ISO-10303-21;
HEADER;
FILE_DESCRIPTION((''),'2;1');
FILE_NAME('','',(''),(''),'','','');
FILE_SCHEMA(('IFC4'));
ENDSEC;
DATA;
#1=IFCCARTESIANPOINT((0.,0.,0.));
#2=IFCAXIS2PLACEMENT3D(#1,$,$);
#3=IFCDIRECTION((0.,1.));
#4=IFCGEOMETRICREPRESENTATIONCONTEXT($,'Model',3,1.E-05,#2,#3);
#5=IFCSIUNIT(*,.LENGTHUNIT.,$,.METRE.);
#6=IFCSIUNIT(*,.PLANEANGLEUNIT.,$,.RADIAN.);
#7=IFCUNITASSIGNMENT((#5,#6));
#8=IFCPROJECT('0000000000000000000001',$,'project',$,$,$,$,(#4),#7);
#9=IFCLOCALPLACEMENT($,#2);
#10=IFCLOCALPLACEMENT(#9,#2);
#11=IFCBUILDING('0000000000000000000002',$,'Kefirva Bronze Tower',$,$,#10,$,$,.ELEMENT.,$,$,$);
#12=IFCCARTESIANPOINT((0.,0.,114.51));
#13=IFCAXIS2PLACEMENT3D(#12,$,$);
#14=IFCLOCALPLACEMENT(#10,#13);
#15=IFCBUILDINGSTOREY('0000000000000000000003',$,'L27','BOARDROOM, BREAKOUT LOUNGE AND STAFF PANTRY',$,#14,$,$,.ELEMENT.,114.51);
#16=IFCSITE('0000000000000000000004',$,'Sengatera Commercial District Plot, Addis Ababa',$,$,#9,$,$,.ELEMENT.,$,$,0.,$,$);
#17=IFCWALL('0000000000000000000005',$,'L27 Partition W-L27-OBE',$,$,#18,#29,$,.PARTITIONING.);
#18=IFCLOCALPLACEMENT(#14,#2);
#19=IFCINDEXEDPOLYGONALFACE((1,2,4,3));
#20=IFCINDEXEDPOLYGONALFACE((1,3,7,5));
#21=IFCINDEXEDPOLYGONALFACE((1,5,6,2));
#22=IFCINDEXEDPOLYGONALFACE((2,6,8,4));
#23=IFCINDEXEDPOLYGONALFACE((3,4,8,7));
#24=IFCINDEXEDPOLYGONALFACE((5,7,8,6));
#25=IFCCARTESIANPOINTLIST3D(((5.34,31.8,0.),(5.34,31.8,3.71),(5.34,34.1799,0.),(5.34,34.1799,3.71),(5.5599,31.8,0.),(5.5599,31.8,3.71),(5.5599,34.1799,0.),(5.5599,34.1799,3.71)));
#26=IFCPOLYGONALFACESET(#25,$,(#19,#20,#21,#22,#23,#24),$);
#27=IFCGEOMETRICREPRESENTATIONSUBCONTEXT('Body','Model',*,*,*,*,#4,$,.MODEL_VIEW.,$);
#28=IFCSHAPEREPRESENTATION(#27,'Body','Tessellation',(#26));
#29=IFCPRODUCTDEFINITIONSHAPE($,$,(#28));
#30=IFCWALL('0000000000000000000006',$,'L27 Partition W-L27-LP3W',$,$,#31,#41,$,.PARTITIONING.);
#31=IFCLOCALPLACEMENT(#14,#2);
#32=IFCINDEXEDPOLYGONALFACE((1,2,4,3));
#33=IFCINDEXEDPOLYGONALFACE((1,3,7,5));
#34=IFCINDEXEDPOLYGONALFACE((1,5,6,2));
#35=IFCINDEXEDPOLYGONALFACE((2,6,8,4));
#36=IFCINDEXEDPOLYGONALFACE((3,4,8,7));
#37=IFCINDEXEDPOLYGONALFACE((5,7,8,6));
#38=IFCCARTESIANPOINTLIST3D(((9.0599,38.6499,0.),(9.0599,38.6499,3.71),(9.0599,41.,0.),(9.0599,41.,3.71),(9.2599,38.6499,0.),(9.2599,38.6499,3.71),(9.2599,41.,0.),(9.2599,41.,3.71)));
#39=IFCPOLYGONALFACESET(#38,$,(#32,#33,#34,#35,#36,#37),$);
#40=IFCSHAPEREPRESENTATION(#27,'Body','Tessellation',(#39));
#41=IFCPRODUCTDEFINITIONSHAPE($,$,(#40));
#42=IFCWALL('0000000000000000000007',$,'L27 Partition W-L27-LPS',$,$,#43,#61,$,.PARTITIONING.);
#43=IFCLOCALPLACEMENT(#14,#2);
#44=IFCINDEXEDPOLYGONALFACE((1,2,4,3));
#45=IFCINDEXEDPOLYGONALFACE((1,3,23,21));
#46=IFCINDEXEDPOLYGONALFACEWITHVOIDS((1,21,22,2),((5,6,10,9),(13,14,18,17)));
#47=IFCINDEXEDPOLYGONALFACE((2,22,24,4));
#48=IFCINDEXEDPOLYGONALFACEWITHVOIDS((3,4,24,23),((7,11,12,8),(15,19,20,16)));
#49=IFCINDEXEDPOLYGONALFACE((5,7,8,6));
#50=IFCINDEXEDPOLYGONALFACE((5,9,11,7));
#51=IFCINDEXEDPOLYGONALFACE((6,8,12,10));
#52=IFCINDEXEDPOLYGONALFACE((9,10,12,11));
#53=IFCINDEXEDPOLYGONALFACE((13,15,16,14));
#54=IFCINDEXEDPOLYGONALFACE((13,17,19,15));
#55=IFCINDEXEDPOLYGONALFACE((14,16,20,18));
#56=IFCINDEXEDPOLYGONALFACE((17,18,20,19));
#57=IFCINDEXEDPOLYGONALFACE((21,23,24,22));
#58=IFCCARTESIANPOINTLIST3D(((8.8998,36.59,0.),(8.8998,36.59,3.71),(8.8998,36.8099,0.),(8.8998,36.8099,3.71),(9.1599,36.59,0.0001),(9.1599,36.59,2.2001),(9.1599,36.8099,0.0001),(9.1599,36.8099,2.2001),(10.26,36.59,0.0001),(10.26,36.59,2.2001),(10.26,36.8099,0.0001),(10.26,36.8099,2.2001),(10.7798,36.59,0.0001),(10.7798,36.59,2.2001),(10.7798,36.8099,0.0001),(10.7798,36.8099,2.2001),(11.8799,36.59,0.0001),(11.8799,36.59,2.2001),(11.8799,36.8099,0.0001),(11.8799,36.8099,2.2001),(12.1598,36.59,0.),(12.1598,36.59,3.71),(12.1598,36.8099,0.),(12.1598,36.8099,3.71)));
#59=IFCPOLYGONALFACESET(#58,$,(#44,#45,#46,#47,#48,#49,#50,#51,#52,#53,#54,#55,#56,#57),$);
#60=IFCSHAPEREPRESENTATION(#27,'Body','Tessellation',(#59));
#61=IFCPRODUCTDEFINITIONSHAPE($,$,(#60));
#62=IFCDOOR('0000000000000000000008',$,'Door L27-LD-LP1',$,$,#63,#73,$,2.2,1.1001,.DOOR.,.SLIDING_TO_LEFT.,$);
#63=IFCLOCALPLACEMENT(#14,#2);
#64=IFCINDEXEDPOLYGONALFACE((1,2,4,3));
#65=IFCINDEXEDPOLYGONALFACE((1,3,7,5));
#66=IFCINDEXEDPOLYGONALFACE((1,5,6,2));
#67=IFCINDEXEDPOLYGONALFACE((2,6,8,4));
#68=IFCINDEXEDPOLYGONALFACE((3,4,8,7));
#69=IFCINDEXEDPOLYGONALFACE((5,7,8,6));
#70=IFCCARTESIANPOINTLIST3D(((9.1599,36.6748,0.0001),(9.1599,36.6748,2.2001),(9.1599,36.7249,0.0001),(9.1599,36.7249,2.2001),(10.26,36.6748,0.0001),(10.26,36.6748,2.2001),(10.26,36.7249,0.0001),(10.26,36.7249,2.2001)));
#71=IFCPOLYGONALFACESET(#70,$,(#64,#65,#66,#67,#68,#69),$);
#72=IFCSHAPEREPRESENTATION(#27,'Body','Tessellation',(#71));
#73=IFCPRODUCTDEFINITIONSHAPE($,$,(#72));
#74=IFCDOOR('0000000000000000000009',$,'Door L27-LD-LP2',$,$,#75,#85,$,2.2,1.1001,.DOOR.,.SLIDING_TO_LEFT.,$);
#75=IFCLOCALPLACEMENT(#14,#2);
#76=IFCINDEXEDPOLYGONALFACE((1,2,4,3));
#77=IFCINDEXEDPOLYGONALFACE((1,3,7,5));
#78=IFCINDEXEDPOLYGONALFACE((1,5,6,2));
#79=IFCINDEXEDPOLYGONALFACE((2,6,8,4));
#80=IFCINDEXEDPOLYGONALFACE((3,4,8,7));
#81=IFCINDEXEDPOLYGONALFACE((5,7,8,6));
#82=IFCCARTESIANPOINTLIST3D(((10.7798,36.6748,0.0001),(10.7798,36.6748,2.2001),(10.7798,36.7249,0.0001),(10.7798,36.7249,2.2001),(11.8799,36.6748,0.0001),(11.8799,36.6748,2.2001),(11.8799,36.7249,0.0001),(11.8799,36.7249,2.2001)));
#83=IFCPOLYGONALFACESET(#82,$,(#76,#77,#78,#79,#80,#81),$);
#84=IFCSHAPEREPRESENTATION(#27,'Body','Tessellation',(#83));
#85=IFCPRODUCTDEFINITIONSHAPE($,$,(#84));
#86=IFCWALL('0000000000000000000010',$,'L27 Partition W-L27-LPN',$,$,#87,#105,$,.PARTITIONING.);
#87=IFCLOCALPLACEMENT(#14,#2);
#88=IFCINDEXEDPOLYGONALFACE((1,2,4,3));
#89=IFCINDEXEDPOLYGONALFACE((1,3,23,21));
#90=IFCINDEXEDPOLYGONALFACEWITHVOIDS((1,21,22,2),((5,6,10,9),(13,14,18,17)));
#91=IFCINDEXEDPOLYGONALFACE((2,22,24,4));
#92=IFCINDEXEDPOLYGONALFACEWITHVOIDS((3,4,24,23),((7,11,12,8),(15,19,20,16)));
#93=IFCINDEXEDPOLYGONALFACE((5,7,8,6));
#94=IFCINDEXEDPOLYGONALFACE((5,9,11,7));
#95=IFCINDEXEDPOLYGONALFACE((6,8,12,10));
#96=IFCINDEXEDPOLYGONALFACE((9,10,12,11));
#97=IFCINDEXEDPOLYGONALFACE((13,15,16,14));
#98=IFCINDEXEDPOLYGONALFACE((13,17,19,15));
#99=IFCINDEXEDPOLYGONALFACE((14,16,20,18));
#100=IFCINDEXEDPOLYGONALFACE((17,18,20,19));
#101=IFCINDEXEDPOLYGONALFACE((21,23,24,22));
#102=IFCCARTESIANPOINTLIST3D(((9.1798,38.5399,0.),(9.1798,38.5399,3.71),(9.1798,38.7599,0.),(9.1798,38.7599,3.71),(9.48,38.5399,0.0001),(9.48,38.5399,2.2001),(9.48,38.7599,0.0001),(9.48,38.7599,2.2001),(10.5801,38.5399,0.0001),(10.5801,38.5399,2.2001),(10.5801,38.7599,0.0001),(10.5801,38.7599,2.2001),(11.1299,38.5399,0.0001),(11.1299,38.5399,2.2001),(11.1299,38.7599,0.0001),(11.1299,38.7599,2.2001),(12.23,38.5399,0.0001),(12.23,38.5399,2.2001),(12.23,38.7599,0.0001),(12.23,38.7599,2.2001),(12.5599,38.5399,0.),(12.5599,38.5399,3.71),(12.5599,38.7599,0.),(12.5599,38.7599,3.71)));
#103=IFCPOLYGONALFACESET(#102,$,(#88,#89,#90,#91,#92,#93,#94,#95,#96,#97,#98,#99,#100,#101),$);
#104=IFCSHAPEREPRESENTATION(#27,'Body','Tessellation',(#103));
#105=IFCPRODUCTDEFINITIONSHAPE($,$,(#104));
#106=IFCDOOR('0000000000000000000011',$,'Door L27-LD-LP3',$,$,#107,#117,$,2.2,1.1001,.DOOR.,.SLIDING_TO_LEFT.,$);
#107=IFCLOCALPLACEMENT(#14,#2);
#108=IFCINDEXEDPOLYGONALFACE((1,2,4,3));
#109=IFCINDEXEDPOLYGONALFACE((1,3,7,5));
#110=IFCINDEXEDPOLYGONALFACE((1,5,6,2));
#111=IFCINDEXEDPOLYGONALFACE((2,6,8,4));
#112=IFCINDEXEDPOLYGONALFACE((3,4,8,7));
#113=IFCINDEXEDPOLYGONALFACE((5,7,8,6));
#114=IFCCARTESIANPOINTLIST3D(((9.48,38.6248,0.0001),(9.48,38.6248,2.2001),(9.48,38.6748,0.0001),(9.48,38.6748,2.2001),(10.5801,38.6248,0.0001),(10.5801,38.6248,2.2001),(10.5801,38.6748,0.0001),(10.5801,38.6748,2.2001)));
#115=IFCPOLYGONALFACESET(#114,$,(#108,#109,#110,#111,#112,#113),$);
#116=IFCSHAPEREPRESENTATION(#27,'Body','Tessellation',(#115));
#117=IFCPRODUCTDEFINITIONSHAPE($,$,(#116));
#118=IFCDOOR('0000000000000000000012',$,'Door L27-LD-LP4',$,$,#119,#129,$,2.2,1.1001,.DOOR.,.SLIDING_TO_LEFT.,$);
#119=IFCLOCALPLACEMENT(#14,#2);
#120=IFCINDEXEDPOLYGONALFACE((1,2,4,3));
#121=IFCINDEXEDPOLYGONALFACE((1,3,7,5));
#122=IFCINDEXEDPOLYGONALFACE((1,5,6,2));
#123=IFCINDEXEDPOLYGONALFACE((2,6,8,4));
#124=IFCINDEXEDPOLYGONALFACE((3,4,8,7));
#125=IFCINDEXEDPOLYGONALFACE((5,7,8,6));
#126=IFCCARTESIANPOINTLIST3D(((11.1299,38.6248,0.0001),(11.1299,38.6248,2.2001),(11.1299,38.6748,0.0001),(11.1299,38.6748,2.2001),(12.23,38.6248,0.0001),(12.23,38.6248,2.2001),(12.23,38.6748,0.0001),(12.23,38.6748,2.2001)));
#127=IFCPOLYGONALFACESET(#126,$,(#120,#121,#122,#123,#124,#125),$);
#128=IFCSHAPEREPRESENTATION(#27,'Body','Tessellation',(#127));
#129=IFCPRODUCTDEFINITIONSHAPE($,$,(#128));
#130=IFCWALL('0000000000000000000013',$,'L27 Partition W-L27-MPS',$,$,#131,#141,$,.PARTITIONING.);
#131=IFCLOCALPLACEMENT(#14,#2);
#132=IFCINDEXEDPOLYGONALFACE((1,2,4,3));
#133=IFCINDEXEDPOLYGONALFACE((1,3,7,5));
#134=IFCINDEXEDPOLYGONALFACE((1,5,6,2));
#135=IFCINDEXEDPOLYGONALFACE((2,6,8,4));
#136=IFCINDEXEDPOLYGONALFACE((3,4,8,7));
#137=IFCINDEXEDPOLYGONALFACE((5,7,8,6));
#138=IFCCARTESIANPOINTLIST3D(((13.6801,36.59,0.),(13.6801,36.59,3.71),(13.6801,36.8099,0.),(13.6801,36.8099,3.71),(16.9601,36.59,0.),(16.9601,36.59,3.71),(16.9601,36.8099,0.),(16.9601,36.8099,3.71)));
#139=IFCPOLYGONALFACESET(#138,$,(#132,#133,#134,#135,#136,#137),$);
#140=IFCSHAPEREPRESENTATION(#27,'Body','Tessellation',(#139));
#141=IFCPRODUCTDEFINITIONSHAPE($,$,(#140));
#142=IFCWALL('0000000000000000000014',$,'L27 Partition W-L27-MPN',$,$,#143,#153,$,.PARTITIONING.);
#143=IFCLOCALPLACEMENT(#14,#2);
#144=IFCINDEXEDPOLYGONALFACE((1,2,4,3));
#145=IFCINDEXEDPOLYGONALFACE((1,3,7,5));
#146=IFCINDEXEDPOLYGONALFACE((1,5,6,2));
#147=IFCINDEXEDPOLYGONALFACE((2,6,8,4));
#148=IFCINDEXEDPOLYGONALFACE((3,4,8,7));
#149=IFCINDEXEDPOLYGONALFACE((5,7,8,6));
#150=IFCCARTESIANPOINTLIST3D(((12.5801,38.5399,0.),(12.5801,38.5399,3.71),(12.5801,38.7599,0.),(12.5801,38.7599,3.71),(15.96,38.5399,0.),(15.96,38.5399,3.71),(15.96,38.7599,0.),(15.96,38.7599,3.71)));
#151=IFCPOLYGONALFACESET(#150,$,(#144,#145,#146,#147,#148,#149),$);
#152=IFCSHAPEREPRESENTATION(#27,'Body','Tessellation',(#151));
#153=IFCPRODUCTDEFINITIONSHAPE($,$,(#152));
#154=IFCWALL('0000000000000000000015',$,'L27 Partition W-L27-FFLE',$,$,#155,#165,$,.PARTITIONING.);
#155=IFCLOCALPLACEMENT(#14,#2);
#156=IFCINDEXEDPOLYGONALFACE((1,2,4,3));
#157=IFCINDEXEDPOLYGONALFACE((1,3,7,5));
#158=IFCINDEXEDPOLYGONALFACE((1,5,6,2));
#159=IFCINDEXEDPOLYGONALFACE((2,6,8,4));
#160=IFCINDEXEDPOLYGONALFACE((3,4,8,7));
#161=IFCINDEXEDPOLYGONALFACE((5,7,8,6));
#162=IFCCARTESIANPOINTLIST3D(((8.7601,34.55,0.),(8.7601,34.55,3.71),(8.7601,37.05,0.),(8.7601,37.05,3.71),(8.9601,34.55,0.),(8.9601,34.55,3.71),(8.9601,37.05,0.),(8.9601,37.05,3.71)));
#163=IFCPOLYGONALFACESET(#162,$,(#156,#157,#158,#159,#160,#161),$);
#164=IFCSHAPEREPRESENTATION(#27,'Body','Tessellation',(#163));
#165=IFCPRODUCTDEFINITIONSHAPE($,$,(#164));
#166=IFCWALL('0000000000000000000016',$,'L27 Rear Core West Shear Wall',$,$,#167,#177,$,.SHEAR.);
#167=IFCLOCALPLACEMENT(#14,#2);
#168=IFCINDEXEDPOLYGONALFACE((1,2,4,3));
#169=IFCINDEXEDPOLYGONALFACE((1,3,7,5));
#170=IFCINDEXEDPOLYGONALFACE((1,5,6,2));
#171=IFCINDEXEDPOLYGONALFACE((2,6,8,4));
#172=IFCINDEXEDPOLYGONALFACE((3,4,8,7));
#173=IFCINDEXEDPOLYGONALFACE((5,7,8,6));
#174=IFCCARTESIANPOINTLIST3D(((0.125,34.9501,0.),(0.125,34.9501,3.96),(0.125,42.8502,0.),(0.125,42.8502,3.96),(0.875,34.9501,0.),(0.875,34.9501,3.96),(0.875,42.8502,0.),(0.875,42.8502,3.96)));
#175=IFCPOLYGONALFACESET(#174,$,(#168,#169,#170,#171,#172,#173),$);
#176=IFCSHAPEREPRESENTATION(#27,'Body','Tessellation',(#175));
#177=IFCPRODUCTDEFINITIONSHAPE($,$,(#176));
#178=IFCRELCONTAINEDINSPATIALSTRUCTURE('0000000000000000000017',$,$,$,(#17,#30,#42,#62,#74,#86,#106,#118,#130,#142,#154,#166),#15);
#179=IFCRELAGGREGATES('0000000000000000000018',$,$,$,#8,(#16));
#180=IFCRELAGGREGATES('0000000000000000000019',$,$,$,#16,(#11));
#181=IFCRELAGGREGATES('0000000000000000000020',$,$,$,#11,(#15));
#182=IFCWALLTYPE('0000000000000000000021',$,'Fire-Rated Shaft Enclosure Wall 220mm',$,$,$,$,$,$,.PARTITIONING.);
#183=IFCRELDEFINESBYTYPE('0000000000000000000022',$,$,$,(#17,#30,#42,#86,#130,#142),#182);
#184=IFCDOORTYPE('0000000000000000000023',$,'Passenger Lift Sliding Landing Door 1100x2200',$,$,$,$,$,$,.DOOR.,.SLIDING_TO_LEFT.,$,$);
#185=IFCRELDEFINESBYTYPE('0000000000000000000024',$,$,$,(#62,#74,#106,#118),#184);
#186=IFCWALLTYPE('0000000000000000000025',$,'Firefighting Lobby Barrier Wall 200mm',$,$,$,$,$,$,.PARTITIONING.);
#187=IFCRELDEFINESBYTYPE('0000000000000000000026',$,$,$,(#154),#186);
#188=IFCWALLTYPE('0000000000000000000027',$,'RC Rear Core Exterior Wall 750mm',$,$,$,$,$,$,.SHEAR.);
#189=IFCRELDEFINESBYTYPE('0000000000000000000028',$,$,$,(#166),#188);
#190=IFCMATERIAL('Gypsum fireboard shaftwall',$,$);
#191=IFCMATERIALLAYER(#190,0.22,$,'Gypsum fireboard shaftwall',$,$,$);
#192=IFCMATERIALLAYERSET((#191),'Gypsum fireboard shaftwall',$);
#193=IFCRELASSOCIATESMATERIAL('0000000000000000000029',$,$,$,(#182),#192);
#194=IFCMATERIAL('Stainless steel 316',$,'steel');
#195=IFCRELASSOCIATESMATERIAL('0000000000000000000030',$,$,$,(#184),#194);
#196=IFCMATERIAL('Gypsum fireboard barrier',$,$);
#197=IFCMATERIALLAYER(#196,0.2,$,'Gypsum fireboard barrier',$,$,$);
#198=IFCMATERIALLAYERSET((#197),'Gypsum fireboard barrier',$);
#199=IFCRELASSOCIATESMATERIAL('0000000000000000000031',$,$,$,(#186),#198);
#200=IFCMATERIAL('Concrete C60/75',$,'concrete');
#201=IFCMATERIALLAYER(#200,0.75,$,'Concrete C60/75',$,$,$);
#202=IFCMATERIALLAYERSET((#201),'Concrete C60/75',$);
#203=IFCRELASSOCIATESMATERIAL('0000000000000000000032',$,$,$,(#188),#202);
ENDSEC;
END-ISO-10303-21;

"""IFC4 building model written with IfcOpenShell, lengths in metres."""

from ifc_helpers import new_model, si_unit, direction, frame, frame_2d, origin, place, context, subcontext, project, spatial, rectangle, extrude, material, layer, layer_set, type_object, element, fill, save


model = new_model("IFC4")

# Units and contexts
model_context = context("Model", 3, precision=1e-05, world=origin(), true_north=direction((0.0, 1.0)))
body_context = subcontext(model_context, "Body", "Model", "MODEL_VIEW")
ifc_project = project(units=[si_unit("LENGTHUNIT", "METRE"), si_unit("PLANEANGLEUNIT", "RADIAN")], contexts=[model_context])

# Site, building, storey
site_placement = place(None, origin())
site = spatial("IfcSite", under=ifc_project, at=site_placement, Name="Sengatera Commercial District Plot, Addis Ababa", CompositionType="ELEMENT", RefElevation=0.0)
building_placement = place(site_placement, origin())
building = spatial("IfcBuilding", under=site, at=building_placement, Name="Kefirva Bronze Tower", CompositionType="ELEMENT")
storey_placement = place(building_placement, frame((0.0, 0.0, 114.51)))
storey = spatial("IfcBuildingStorey", under=building, at=storey_placement, Name="L27", Description="BOARDROOM, BREAKOUT LOUNGE AND STAFF PANTRY", CompositionType="ELEMENT", Elevation=114.51)

# Shared definitions
ifc_material_1 = material(Name="Concrete C60/75", Category="concrete")

# Shared definitions
ifc_material_2 = material(Name="Gypsum fireboard shaftwall")
ifc_layer_1 = layer(ifc_material_2, 0.22, Name="Gypsum fireboard shaftwall")
ifc_layer_set_1 = layer_set([ifc_layer_1], Name="Gypsum fireboard shaftwall")
wall_type_1 = type_object("IfcWallType", Name="Fire-Rated Shaft Enclosure Wall 220mm", PredefinedType="PARTITIONING", material=ifc_layer_set_1)

# Shared definitions
ifc_material_3 = material(Name="Stainless steel 316", Category="steel")

# Walls
for number, where, z_axis, x_axis, name in (
    (1, (5.45, 31.8, 0.0), (0.0, 0.0, 1.0), (0.0, 1.0, 0.0), "L27 Partition W-L27-OBE"),
):
    element("IfcWall", number, at=place(storey_placement, frame(where, z_axis=z_axis, x_axis=x_axis)), inside=storey, type_object=wall_type_1, Name=name, PredefinedType="PARTITIONING", context=body_context, shape_type="SweptSolid", body=[
        extrude(rectangle(XDim=2.3799, YDim=0.22, at=frame_2d((1.1899, 0.0))), origin(), (0.0, 0.0, 1.0), 3.71),
    ])
wall_1_placement = place(storey_placement, frame((9.1599, 38.6499, 0.0), z_axis=(0.0, 0.0, 1.0), x_axis=(0.0, 1.0, 0.0)))
element("IfcWall", 2, at=wall_1_placement, inside=storey, type_object=wall_type_1, Name="L27 Partition W-L27-LP3W", PredefinedType="PARTITIONING", context=body_context, shape_type="SweptSolid", body=[
    extrude(rectangle(XDim=2.3501, YDim=0.2, at=frame_2d((1.175, 0.0))), origin(), (0.0, 0.0, 1.0), 3.71),
])

# Walls, openings, doors
wall_2_placement = place(storey_placement, frame((8.8999, 36.7, 0.0), z_axis=(0.0, 0.0, 1.0), x_axis=(1.0, 0.0, 0.0)))
wall_2 = element("IfcWall", 3, at=wall_2_placement, inside=storey, type_object=wall_type_1, Name="L27 Partition W-L27-LPS", PredefinedType="PARTITIONING", context=body_context, shape_type="SweptSolid", body=[
    extrude(rectangle(XDim=3.26, YDim=0.22, at=frame_2d((1.6299, 0.0))), origin(), (0.0, 0.0, 1.0), 3.71),
])
opening_1_placement = place(wall_2_placement, frame((0.26, 0.0, 0.0)))
opening_1 = element("IfcOpeningElement", 4, at=opening_1_placement, cuts=wall_2, PredefinedType="OPENING", context=body_context, shape_type="SweptSolid", body=[
    extrude(rectangle(XDim=1.1001, YDim=2.2, at=frame_2d((0.55, 1.1001))), frame((0.0, 0.1201, 0.0), z_axis=(0.0, -1.0, 0.0), x_axis=(1.0, 0.0, 0.0)), (0.0, 0.0, 1.0), 0.24),
])
opening_2_placement = place(wall_2_placement, frame((1.8799, 0.0, 0.0)))
opening_2 = element("IfcOpeningElement", 5, at=opening_2_placement, cuts=wall_2, PredefinedType="OPENING", context=body_context, shape_type="SweptSolid", body=[
    extrude(rectangle(XDim=1.1001, YDim=2.2, at=frame_2d((0.55, 1.1001))), frame((0.0, 0.1201, 0.0), z_axis=(0.0, -1.0, 0.0), x_axis=(1.0, 0.0, 0.0)), (0.0, 0.0, 1.0), 0.24),
])
door_type_1 = type_object("IfcDoorType", Name="Passenger Lift Sliding Landing Door 1100x2200", OperationType="SLIDING_TO_LEFT", PredefinedType="DOOR", material=ifc_material_3)
door_1_placement = place(opening_1_placement, origin())
door_1 = element("IfcDoor", 6, at=door_1_placement, inside=storey, type_object=door_type_1, Name="Door L27-LD-LP1", OperationType="SLIDING_TO_LEFT", OverallHeight=2.2, OverallWidth=1.1001, PredefinedType="DOOR", context=body_context, shape_type="SweptSolid", body=[
    extrude(rectangle(XDim=1.1001, YDim=2.2, at=frame_2d((0.55, 1.1001))), frame((0.0, 0.0249, 0.0), z_axis=(0.0, -1.0, 0.0), x_axis=(1.0, 0.0, 0.0)), (0.0, 0.0, 1.0), 0.05),
])
fill(opening_1, door_1)
door_2_placement = place(opening_2_placement, origin())
door_2 = element("IfcDoor", 7, at=door_2_placement, inside=storey, type_object=door_type_1, Name="Door L27-LD-LP2", OperationType="SLIDING_TO_LEFT", OverallHeight=2.2, OverallWidth=1.1001, PredefinedType="DOOR", context=body_context, shape_type="SweptSolid", body=[
    extrude(rectangle(XDim=1.1001, YDim=2.2, at=frame_2d((0.55, 1.1001))), frame((0.0, 0.0249, 0.0), z_axis=(0.0, -1.0, 0.0), x_axis=(1.0, 0.0, 0.0)), (0.0, 0.0, 1.0), 0.05),
])
fill(opening_2, door_2)
wall_3_placement = place(storey_placement, frame((9.1799, 38.6499, 0.0), z_axis=(0.0, 0.0, 1.0), x_axis=(1.0, 0.0, 0.0)))
wall_3 = element("IfcWall", 8, at=wall_3_placement, inside=storey, type_object=wall_type_1, Name="L27 Partition W-L27-LPN", PredefinedType="PARTITIONING", context=body_context, shape_type="SweptSolid", body=[
    extrude(rectangle(XDim=3.3801, YDim=0.22, at=frame_2d((1.6899, 0.0))), origin(), (0.0, 0.0, 1.0), 3.71),
])
opening_3_placement = place(wall_3_placement, frame((0.3, 0.0, 0.0)))
opening_3 = element("IfcOpeningElement", 9, at=opening_3_placement, cuts=wall_3, PredefinedType="OPENING", context=body_context, shape_type="SweptSolid", body=[
    extrude(rectangle(XDim=1.1001, YDim=2.2, at=frame_2d((0.55, 1.1001))), frame((0.0, 0.1201, 0.0), z_axis=(0.0, -1.0, 0.0), x_axis=(1.0, 0.0, 0.0)), (0.0, 0.0, 1.0), 0.24),
])
opening_4_placement = place(wall_3_placement, frame((1.95, 0.0, 0.0)))
opening_4 = element("IfcOpeningElement", 10, at=opening_4_placement, cuts=wall_3, PredefinedType="OPENING", context=body_context, shape_type="SweptSolid", body=[
    extrude(rectangle(XDim=1.1001, YDim=2.2, at=frame_2d((0.55, 1.1001))), frame((0.0, 0.1201, 0.0), z_axis=(0.0, -1.0, 0.0), x_axis=(1.0, 0.0, 0.0)), (0.0, 0.0, 1.0), 0.24),
])
door_3_placement = place(opening_3_placement, origin())
door_3 = element("IfcDoor", 11, at=door_3_placement, inside=storey, type_object=door_type_1, Name="Door L27-LD-LP3", OperationType="SLIDING_TO_LEFT", OverallHeight=2.2, OverallWidth=1.1001, PredefinedType="DOOR", context=body_context, shape_type="SweptSolid", body=[
    extrude(rectangle(XDim=1.1001, YDim=2.2, at=frame_2d((0.55, 1.1001))), frame((0.0, 0.0249, 0.0), z_axis=(0.0, -1.0, 0.0), x_axis=(1.0, 0.0, 0.0)), (0.0, 0.0, 1.0), 0.05),
])
fill(opening_3, door_3)
door_4_placement = place(opening_4_placement, origin())
door_4 = element("IfcDoor", 12, at=door_4_placement, inside=storey, type_object=door_type_1, Name="Door L27-LD-LP4", OperationType="SLIDING_TO_LEFT", OverallHeight=2.2, OverallWidth=1.1001, PredefinedType="DOOR", context=body_context, shape_type="SweptSolid", body=[
    extrude(rectangle(XDim=1.1001, YDim=2.2, at=frame_2d((0.55, 1.1001))), frame((0.0, 0.0249, 0.0), z_axis=(0.0, -1.0, 0.0), x_axis=(1.0, 0.0, 0.0)), (0.0, 0.0, 1.0), 0.05),
])
fill(opening_4, door_4)

# Walls
wall_4_placement = place(storey_placement, frame((13.6799, 36.7, 0.0), z_axis=(0.0, 0.0, 1.0), x_axis=(1.0, 0.0, 0.0)))
element("IfcWall", 13, at=wall_4_placement, inside=storey, type_object=wall_type_1, Name="L27 Partition W-L27-MPS", PredefinedType="PARTITIONING", context=body_context, shape_type="SweptSolid", body=[
    extrude(rectangle(XDim=3.28, YDim=0.22, at=frame_2d((1.6401, 0.0))), origin(), (0.0, 0.0, 1.0), 3.71),
])
wall_5_placement = place(storey_placement, frame((12.5801, 38.6499, 0.0), z_axis=(0.0, 0.0, 1.0), x_axis=(1.0, 0.0, 0.0)))
element("IfcWall", 14, at=wall_5_placement, inside=storey, type_object=wall_type_1, Name="L27 Partition W-L27-MPN", PredefinedType="PARTITIONING", context=body_context, shape_type="SweptSolid", body=[
    extrude(rectangle(XDim=3.3799, YDim=0.22, at=frame_2d((1.6899, 0.0))), origin(), (0.0, 0.0, 1.0), 3.71),
])
ifc_material_4 = material(Name="Gypsum fireboard barrier")
ifc_layer_2 = layer(ifc_material_4, 0.2, Name="Gypsum fireboard barrier")
ifc_layer_set_2 = layer_set([ifc_layer_2], Name="Gypsum fireboard barrier")
wall_type_2 = type_object("IfcWallType", Name="Firefighting Lobby Barrier Wall 200mm", PredefinedType="PARTITIONING", material=ifc_layer_set_2)
wall_6_placement = place(storey_placement, frame((8.8601, 34.55, 0.0), z_axis=(0.0, 0.0, 1.0), x_axis=(0.0, 1.0, 0.0)))
element("IfcWall", 15, at=wall_6_placement, inside=storey, type_object=wall_type_2, Name="L27 Partition W-L27-FFLE", PredefinedType="PARTITIONING", context=body_context, shape_type="SweptSolid", body=[
    extrude(rectangle(XDim=2.5, YDim=0.2, at=frame_2d((1.25, 0.0))), origin(), (0.0, 0.0, 1.0), 3.71),
])
ifc_layer_3 = layer(ifc_material_1, 0.75, Name="Concrete C60/75")
ifc_layer_set_3 = layer_set([ifc_layer_3], Name="Concrete C60/75")
wall_type_3 = type_object("IfcWallType", Name="RC Rear Core Exterior Wall 750mm", PredefinedType="SHEAR", material=ifc_layer_set_3)
wall_7_placement = place(storey_placement, frame((0.5, 34.95, 0.0), z_axis=(0.0, 0.0, 1.0), x_axis=(0.0, 1.0, 0.0)))
element("IfcWall", 16, at=wall_7_placement, inside=storey, type_object=wall_type_3, Name="L27 Rear Core West Shear Wall", PredefinedType="SHEAR", context=body_context, shape_type="SweptSolid", body=[
    extrude(rectangle(XDim=7.9001, YDim=0.75, at=frame_2d((3.9502, 0.0))), origin(), (0.0, 0.0, 1.0), 3.96),
])

save(model, "model.ifc")
